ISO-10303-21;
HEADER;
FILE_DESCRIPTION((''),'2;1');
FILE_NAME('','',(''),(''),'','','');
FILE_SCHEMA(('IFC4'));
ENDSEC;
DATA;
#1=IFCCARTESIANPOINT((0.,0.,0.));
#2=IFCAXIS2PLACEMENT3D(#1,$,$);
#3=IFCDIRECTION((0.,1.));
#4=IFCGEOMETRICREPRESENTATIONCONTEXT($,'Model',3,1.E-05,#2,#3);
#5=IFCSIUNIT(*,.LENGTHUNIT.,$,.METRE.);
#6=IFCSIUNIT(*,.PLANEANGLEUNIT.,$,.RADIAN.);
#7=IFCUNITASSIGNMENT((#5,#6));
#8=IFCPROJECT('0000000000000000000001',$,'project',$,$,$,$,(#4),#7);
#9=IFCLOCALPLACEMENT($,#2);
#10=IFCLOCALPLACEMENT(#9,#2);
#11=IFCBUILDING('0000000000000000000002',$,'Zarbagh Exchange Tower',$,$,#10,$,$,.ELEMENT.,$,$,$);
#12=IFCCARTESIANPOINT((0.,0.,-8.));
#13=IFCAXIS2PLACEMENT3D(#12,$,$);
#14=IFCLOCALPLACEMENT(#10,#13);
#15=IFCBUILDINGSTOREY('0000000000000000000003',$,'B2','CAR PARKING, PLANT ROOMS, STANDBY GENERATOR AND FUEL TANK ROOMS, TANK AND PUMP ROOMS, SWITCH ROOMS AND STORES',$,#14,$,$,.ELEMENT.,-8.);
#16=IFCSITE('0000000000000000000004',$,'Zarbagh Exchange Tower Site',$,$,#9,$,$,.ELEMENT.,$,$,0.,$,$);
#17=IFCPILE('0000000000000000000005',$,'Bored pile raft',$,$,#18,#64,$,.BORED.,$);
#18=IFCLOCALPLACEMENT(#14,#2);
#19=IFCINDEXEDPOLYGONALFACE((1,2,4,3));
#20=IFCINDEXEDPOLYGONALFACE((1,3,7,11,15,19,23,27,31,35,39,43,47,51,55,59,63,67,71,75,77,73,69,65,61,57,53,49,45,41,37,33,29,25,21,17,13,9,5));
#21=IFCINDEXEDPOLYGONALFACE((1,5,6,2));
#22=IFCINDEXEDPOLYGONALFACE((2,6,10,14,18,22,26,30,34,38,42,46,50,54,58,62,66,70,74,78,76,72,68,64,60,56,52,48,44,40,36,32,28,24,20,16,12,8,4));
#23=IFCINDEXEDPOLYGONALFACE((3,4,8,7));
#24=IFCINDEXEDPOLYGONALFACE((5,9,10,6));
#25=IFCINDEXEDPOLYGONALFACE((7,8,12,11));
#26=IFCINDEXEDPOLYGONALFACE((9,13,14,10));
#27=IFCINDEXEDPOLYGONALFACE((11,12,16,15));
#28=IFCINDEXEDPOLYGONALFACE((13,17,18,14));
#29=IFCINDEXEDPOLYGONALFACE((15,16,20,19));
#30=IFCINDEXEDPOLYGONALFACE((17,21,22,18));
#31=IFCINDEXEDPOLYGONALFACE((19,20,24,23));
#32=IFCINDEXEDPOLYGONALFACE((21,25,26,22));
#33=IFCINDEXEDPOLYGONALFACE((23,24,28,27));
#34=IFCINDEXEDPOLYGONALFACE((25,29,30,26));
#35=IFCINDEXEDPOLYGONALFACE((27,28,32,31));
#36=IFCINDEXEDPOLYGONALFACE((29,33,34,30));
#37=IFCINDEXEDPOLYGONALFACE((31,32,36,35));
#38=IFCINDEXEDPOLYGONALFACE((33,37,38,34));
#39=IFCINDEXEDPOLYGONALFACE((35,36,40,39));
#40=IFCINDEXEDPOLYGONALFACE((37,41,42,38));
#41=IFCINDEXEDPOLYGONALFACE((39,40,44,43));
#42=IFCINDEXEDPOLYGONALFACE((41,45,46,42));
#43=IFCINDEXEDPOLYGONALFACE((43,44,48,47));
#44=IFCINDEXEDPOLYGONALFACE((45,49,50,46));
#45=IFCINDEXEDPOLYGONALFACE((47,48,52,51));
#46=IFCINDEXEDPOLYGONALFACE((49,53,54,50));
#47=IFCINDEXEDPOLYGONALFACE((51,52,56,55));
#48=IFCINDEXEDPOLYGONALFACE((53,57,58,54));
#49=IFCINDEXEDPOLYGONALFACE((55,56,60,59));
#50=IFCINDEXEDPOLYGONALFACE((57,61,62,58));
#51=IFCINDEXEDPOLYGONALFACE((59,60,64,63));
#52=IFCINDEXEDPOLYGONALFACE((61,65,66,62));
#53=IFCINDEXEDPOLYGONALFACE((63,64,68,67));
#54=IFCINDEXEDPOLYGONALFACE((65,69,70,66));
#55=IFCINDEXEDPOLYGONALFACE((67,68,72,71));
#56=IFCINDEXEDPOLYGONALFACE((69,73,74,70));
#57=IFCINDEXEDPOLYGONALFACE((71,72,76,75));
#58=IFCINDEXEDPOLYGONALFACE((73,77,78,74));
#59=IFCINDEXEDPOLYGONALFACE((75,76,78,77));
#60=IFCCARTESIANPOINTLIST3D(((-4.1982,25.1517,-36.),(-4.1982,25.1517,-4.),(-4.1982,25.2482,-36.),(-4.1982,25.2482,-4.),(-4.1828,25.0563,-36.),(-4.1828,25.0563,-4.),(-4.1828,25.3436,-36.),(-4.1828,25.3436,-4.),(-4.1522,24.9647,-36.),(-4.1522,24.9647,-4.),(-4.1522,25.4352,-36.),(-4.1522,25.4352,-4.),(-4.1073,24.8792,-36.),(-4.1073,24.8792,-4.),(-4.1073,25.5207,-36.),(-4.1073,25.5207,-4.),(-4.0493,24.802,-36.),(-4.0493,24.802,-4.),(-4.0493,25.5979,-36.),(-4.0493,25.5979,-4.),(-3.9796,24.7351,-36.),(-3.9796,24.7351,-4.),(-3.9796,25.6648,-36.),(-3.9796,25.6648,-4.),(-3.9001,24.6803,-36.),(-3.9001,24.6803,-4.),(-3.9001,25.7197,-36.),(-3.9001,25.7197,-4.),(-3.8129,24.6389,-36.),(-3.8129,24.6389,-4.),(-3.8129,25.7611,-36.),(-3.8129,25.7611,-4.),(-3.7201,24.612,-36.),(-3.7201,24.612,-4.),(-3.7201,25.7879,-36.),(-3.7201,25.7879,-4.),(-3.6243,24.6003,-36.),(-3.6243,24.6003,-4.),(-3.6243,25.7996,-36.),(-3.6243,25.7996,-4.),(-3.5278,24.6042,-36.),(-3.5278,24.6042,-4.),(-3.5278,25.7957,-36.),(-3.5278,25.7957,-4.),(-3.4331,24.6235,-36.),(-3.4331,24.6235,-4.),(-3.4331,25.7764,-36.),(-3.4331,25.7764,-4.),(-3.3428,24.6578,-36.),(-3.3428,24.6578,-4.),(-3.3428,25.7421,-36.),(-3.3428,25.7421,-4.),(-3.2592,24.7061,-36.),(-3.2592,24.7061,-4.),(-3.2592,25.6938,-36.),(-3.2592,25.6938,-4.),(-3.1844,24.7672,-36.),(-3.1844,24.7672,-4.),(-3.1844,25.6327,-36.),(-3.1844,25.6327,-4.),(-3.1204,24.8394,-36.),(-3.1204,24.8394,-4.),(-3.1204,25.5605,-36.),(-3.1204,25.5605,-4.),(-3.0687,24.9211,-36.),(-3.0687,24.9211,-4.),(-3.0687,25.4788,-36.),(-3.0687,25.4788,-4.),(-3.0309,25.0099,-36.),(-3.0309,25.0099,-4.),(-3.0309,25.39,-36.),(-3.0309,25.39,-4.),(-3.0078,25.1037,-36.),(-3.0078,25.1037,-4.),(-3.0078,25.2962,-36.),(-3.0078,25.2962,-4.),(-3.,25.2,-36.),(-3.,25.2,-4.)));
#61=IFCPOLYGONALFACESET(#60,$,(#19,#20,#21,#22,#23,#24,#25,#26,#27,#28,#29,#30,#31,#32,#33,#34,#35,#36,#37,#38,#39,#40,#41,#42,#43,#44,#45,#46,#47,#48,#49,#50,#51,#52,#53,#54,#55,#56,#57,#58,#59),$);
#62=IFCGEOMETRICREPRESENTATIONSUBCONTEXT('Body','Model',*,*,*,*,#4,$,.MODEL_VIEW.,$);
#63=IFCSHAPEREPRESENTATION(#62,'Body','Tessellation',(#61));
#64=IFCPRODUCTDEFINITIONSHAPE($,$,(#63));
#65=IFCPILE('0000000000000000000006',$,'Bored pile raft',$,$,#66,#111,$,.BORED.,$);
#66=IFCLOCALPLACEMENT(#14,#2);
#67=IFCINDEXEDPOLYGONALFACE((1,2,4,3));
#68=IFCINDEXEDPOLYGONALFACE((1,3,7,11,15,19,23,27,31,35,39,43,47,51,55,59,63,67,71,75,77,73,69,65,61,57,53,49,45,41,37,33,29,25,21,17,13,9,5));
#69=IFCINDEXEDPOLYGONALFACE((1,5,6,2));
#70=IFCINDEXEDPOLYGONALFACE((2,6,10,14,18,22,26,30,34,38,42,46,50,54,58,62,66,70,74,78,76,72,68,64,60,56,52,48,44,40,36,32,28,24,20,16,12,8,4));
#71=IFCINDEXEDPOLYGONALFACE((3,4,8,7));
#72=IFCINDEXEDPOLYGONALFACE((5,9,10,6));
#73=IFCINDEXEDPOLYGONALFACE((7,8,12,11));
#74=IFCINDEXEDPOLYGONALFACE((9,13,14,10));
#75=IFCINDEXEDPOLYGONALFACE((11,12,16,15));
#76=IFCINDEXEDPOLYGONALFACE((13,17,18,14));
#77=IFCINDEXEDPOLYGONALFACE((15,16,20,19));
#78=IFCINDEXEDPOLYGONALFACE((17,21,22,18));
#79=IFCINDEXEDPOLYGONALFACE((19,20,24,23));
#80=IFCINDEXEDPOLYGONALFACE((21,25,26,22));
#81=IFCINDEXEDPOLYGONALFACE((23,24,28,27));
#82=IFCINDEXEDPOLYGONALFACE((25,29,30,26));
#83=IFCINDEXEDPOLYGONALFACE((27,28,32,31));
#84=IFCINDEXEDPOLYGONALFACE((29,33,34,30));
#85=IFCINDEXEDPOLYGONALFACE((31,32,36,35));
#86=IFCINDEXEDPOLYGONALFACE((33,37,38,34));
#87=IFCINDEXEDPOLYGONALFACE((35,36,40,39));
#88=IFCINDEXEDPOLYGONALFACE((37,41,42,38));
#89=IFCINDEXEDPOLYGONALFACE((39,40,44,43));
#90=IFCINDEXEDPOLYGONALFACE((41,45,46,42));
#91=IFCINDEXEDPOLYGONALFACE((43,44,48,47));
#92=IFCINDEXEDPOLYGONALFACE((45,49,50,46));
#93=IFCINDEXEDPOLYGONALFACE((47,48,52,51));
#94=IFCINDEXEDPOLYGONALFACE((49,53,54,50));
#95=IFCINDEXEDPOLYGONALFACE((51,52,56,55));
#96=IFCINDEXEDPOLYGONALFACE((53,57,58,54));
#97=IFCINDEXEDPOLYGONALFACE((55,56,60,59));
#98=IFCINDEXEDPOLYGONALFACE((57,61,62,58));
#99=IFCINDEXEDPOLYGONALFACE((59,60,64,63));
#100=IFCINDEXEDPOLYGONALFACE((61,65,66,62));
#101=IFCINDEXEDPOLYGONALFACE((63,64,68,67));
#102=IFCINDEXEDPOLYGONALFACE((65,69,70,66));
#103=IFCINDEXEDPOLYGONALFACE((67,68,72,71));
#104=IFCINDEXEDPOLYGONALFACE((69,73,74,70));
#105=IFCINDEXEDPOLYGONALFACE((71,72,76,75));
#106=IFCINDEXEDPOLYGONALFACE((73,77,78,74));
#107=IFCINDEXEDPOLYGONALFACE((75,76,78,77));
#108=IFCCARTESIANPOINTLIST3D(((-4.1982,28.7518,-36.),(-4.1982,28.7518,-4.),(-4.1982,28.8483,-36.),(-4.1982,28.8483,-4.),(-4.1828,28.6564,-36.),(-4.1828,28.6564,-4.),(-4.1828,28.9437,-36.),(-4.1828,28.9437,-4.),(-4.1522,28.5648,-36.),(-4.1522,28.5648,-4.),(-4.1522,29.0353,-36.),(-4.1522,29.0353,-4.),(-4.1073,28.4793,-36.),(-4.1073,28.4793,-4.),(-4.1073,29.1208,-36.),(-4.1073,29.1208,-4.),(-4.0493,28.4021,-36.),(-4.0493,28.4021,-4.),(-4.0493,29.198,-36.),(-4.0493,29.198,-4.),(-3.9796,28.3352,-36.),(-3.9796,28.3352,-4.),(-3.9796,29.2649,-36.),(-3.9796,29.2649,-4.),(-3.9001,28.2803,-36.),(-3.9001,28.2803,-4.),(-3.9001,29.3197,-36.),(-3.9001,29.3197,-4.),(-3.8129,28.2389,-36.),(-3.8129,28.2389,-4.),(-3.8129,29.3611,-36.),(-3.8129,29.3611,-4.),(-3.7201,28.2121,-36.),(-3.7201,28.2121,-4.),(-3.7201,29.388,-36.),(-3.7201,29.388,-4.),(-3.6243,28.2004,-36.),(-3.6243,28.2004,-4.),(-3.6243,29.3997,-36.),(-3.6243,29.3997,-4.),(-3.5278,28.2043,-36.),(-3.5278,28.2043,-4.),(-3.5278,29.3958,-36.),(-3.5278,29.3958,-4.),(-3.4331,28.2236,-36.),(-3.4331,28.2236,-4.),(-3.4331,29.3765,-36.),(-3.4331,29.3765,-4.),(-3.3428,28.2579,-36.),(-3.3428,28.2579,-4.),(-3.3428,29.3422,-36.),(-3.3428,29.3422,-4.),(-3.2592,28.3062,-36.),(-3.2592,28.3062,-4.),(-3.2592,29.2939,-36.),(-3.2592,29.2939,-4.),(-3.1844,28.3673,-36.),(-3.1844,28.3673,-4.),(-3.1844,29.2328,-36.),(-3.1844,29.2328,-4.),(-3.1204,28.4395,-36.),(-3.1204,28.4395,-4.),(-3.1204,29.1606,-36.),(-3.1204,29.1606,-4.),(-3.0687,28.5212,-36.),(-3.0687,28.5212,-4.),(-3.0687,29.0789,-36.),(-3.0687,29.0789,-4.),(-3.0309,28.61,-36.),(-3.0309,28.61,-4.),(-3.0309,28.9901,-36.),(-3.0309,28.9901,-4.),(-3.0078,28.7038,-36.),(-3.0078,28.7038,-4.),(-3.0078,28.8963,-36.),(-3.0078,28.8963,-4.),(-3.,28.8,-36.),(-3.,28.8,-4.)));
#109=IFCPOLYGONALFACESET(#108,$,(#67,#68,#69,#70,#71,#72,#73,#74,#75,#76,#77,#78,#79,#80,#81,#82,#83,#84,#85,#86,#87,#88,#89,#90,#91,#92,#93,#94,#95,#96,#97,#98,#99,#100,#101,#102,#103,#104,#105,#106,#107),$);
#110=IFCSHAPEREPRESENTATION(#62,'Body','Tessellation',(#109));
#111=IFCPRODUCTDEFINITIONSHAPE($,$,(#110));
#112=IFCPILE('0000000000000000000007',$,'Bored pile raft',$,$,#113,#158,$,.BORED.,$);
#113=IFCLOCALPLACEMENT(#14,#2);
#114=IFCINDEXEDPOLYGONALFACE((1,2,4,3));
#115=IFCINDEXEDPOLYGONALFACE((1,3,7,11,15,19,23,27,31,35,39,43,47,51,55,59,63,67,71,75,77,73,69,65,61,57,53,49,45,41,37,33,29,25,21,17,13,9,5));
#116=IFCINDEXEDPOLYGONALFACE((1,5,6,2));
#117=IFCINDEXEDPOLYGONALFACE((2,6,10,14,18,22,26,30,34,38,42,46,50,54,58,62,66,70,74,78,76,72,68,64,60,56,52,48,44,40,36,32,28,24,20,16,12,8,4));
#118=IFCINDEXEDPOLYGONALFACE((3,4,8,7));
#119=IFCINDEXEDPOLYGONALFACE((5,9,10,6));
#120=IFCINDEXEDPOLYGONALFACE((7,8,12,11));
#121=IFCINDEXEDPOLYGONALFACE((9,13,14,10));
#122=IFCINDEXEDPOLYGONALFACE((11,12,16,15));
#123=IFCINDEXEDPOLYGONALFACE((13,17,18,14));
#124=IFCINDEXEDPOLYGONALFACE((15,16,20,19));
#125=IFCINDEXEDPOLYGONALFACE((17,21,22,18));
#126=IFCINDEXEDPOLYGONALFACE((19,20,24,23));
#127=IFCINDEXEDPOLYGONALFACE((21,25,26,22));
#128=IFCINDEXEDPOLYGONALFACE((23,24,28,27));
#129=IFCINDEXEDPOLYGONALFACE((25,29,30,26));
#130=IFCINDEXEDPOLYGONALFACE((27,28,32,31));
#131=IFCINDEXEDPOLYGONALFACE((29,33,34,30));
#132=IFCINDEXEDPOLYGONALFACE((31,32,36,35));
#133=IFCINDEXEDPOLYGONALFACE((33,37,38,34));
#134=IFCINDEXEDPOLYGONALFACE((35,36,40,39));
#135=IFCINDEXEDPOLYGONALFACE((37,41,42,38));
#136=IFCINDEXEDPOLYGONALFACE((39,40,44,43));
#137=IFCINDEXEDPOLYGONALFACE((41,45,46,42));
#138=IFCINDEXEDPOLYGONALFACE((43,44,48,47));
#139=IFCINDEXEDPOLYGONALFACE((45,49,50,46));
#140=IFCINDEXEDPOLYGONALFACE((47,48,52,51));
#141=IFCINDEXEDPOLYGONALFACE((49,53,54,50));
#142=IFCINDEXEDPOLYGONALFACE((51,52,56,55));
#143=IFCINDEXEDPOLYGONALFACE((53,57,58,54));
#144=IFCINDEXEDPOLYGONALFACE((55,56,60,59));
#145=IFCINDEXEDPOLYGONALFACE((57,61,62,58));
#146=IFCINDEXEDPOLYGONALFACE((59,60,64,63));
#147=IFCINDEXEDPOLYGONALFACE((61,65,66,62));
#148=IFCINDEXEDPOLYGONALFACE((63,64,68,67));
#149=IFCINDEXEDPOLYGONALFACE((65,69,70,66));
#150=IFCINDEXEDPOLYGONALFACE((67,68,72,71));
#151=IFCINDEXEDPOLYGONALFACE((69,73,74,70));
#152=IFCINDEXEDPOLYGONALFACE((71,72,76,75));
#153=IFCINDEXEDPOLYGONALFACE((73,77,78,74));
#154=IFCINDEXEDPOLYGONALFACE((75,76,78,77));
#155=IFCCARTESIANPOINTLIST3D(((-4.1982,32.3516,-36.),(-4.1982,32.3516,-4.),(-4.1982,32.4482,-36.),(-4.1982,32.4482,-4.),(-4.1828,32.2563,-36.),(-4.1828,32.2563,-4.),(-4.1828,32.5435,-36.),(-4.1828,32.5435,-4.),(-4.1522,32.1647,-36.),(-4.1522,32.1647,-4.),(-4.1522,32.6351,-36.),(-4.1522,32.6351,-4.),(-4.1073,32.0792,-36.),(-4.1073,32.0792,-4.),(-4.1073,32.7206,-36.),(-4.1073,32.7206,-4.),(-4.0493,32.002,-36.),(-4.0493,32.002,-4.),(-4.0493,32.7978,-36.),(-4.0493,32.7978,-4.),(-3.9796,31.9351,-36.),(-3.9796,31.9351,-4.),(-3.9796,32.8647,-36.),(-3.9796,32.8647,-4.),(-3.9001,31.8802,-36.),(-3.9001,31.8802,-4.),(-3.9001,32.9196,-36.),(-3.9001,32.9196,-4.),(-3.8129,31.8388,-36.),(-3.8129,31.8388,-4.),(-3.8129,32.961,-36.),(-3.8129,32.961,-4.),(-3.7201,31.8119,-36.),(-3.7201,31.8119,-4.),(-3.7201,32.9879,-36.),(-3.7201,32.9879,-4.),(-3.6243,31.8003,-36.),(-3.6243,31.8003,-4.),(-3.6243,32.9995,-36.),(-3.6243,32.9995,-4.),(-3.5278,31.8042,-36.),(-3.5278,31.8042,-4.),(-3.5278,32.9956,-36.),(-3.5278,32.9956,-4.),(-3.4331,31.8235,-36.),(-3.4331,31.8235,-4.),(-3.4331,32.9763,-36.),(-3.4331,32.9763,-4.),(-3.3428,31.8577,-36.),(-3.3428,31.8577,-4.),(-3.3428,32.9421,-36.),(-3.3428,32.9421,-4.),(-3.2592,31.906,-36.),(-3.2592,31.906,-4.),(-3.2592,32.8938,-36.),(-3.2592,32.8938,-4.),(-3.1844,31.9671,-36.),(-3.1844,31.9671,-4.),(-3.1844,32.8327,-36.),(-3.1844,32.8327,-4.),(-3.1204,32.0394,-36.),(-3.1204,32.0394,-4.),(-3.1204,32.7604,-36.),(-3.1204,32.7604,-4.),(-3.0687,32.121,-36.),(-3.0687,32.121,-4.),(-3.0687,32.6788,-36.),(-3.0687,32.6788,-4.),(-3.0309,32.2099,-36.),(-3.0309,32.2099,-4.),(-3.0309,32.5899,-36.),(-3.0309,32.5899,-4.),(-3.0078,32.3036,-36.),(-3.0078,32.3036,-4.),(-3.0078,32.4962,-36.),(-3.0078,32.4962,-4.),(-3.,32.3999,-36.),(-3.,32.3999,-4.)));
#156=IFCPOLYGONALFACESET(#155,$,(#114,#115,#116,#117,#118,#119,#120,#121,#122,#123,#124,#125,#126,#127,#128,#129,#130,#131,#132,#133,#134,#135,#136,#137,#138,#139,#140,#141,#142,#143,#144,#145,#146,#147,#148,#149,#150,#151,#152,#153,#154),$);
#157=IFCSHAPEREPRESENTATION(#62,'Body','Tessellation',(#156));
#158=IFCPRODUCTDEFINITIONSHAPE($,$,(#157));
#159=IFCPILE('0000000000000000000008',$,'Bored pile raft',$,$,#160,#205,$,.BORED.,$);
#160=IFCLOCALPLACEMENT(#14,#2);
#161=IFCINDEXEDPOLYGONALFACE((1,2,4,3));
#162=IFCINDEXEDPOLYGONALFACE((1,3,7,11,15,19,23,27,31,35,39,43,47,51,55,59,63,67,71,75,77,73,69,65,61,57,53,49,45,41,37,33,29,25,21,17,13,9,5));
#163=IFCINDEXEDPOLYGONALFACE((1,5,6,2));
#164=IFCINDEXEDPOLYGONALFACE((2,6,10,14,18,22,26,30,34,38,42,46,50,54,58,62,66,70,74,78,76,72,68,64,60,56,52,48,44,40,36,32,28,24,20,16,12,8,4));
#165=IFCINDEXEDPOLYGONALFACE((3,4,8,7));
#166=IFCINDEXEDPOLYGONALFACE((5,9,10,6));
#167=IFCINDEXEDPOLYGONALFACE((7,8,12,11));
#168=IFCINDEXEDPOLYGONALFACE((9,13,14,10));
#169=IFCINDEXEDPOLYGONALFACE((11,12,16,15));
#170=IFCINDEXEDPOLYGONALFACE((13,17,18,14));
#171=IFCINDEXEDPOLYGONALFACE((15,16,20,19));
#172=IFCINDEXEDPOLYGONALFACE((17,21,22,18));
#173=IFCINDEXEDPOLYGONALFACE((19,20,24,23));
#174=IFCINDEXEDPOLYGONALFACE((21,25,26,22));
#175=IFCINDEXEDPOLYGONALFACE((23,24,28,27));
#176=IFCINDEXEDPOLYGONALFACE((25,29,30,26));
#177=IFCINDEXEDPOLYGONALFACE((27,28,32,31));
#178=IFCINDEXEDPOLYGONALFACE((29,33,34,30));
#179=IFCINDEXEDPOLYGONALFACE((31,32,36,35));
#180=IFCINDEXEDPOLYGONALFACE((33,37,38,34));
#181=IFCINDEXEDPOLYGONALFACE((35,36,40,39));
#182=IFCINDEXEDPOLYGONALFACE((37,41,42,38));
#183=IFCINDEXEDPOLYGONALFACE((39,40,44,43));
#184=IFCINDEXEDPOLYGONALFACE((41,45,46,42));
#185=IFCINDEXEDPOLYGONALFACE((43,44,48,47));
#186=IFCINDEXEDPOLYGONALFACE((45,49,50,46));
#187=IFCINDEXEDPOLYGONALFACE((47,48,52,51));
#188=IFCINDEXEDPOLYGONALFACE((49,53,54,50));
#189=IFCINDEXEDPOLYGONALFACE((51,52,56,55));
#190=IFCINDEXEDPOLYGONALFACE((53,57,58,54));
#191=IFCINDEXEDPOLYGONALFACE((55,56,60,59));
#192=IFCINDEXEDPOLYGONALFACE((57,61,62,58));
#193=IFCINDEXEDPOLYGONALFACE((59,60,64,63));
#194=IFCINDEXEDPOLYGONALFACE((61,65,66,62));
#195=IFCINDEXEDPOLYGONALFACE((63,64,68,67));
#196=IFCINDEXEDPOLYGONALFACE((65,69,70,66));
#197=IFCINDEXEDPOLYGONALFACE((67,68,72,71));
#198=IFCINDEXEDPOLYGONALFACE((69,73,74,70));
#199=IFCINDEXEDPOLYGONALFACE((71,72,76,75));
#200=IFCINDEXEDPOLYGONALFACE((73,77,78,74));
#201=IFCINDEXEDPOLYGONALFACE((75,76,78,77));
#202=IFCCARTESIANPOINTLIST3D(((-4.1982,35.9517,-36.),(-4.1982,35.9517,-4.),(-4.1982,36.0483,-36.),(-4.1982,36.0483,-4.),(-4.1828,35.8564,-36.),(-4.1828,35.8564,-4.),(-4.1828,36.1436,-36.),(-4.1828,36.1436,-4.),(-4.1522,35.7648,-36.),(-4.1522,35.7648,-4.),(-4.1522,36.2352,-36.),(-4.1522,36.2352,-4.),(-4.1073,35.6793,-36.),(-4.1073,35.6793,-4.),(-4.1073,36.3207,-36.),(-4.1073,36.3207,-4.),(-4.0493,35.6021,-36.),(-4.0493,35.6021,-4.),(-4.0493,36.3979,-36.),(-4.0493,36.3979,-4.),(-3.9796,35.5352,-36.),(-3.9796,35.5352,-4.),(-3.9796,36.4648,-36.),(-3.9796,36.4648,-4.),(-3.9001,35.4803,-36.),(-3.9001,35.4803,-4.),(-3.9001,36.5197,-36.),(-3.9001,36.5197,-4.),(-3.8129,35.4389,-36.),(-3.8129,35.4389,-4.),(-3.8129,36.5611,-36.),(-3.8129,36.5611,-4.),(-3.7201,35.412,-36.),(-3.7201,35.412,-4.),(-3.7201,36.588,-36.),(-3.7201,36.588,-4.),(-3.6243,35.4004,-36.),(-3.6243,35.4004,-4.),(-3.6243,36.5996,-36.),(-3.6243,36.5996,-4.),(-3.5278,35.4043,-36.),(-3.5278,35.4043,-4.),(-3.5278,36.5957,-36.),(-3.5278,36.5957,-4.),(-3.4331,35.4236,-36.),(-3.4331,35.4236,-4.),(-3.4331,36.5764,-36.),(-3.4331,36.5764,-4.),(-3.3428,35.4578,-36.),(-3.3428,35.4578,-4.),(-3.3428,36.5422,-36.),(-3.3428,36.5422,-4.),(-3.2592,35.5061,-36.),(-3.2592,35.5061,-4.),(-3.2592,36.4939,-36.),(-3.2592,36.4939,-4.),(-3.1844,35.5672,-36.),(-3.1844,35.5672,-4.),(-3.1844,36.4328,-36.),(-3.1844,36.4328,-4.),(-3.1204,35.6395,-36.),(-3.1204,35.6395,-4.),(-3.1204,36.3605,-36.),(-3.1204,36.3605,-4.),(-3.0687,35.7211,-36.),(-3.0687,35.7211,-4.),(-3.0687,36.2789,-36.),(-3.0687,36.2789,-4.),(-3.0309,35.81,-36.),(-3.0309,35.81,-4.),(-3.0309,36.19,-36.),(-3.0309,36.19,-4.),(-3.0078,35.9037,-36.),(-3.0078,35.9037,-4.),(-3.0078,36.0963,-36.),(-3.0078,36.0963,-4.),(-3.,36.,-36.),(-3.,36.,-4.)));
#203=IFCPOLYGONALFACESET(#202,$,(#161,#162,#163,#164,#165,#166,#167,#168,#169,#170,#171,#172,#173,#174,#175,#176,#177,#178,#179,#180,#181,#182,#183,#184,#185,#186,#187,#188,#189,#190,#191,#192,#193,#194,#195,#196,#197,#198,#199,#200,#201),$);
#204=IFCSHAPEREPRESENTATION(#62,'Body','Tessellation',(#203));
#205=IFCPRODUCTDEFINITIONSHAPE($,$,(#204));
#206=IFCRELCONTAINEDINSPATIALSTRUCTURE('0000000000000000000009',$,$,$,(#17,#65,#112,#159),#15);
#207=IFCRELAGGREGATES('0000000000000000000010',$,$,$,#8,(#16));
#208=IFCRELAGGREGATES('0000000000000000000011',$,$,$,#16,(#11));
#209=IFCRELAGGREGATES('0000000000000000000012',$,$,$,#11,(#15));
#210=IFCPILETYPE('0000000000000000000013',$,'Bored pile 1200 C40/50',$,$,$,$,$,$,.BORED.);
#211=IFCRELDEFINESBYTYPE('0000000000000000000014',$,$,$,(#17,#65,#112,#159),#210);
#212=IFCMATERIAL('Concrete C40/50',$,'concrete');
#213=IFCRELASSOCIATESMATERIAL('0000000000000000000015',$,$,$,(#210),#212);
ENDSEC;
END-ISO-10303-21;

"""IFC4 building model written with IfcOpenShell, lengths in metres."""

from ifc_helpers import new_model, si_unit, direction, frame, origin, origin_2d, place, context, subcontext, project, spatial, circle, extrude, material, material_profile, profile_set, type_object, element, save


model = new_model("IFC4")

# Units and contexts
model_context = context("Model", 3, precision=1e-05, world=origin(), true_north=direction((0.0, 1.0)))
body_context = subcontext(model_context, "Body", "Model", "MODEL_VIEW")
ifc_project = project(units=[si_unit("LENGTHUNIT", "METRE"), si_unit("PLANEANGLEUNIT", "RADIAN")], contexts=[model_context])

# Site, building, storey
site_placement = place(None, origin())
site = spatial("IfcSite", under=ifc_project, at=site_placement, Name="Zarbagh Exchange Tower Site", CompositionType="ELEMENT", RefElevation=0.0)
building_placement = place(site_placement, origin())
building = spatial("IfcBuilding", under=site, at=building_placement, Name="Zarbagh Exchange Tower", CompositionType="ELEMENT")
storey_placement = place(building_placement, frame((0.0, 0.0, -8.0)))
storey = spatial("IfcBuildingStorey", under=building, at=storey_placement, Name="B2", Description="CAR PARKING, PLANT ROOMS, STANDBY GENERATOR AND FUEL TANK ROOMS, TANK AND PUMP ROOMS, SWITCH ROOMS AND STORES", CompositionType="ELEMENT", Elevation=-8.0)

# Piles
ifc_material_1 = material(Name="Concrete C40/50", Category="concrete")
ifc_material_profile_1 = material_profile(ifc_material_1, circle(Radius=0.6001, at=origin_2d()), Name="Bored pile 1200 C40/50")
ifc_profile_set_1 = profile_set([ifc_material_profile_1], Name="Concrete C40/50")
pile_type = type_object("IfcPileType", Name="Bored pile 1200 C40/50", PredefinedType="BORED", material=ifc_profile_set_1)
for number, where, z_axis, x_axis, name in (
    (1, (-3.6001, 25.2, -4.0), (0.0, 0.0, -1.0), (1.0, 0.0, 0.0), "Bored pile raft"),
    (2, (-3.6001, 28.8, -4.0), (0.0, 0.0, -1.0), (1.0, 0.0, 0.0), "Bored pile raft"),
    (3, (-3.6001, 32.3999, -4.0), (0.0, 0.0, -1.0), (1.0, 0.0, 0.0), "Bored pile raft"),
    (4, (-3.6001, 36.0, -4.0), (0.0, 0.0, -1.0), (1.0, 0.0, 0.0), "Bored pile raft"),
):
    element("IfcPile", number, at=place(storey_placement, frame(where, z_axis=z_axis, x_axis=x_axis)), inside=storey, type_object=pile_type, Name=name, PredefinedType="BORED", context=body_context, shape_type="SweptSolid", body=[
        extrude(circle(Radius=0.6001, at=origin_2d()), origin(), (0.0, 0.0, 1.0), 32.0),
    ])

save(model, "model.ifc")
